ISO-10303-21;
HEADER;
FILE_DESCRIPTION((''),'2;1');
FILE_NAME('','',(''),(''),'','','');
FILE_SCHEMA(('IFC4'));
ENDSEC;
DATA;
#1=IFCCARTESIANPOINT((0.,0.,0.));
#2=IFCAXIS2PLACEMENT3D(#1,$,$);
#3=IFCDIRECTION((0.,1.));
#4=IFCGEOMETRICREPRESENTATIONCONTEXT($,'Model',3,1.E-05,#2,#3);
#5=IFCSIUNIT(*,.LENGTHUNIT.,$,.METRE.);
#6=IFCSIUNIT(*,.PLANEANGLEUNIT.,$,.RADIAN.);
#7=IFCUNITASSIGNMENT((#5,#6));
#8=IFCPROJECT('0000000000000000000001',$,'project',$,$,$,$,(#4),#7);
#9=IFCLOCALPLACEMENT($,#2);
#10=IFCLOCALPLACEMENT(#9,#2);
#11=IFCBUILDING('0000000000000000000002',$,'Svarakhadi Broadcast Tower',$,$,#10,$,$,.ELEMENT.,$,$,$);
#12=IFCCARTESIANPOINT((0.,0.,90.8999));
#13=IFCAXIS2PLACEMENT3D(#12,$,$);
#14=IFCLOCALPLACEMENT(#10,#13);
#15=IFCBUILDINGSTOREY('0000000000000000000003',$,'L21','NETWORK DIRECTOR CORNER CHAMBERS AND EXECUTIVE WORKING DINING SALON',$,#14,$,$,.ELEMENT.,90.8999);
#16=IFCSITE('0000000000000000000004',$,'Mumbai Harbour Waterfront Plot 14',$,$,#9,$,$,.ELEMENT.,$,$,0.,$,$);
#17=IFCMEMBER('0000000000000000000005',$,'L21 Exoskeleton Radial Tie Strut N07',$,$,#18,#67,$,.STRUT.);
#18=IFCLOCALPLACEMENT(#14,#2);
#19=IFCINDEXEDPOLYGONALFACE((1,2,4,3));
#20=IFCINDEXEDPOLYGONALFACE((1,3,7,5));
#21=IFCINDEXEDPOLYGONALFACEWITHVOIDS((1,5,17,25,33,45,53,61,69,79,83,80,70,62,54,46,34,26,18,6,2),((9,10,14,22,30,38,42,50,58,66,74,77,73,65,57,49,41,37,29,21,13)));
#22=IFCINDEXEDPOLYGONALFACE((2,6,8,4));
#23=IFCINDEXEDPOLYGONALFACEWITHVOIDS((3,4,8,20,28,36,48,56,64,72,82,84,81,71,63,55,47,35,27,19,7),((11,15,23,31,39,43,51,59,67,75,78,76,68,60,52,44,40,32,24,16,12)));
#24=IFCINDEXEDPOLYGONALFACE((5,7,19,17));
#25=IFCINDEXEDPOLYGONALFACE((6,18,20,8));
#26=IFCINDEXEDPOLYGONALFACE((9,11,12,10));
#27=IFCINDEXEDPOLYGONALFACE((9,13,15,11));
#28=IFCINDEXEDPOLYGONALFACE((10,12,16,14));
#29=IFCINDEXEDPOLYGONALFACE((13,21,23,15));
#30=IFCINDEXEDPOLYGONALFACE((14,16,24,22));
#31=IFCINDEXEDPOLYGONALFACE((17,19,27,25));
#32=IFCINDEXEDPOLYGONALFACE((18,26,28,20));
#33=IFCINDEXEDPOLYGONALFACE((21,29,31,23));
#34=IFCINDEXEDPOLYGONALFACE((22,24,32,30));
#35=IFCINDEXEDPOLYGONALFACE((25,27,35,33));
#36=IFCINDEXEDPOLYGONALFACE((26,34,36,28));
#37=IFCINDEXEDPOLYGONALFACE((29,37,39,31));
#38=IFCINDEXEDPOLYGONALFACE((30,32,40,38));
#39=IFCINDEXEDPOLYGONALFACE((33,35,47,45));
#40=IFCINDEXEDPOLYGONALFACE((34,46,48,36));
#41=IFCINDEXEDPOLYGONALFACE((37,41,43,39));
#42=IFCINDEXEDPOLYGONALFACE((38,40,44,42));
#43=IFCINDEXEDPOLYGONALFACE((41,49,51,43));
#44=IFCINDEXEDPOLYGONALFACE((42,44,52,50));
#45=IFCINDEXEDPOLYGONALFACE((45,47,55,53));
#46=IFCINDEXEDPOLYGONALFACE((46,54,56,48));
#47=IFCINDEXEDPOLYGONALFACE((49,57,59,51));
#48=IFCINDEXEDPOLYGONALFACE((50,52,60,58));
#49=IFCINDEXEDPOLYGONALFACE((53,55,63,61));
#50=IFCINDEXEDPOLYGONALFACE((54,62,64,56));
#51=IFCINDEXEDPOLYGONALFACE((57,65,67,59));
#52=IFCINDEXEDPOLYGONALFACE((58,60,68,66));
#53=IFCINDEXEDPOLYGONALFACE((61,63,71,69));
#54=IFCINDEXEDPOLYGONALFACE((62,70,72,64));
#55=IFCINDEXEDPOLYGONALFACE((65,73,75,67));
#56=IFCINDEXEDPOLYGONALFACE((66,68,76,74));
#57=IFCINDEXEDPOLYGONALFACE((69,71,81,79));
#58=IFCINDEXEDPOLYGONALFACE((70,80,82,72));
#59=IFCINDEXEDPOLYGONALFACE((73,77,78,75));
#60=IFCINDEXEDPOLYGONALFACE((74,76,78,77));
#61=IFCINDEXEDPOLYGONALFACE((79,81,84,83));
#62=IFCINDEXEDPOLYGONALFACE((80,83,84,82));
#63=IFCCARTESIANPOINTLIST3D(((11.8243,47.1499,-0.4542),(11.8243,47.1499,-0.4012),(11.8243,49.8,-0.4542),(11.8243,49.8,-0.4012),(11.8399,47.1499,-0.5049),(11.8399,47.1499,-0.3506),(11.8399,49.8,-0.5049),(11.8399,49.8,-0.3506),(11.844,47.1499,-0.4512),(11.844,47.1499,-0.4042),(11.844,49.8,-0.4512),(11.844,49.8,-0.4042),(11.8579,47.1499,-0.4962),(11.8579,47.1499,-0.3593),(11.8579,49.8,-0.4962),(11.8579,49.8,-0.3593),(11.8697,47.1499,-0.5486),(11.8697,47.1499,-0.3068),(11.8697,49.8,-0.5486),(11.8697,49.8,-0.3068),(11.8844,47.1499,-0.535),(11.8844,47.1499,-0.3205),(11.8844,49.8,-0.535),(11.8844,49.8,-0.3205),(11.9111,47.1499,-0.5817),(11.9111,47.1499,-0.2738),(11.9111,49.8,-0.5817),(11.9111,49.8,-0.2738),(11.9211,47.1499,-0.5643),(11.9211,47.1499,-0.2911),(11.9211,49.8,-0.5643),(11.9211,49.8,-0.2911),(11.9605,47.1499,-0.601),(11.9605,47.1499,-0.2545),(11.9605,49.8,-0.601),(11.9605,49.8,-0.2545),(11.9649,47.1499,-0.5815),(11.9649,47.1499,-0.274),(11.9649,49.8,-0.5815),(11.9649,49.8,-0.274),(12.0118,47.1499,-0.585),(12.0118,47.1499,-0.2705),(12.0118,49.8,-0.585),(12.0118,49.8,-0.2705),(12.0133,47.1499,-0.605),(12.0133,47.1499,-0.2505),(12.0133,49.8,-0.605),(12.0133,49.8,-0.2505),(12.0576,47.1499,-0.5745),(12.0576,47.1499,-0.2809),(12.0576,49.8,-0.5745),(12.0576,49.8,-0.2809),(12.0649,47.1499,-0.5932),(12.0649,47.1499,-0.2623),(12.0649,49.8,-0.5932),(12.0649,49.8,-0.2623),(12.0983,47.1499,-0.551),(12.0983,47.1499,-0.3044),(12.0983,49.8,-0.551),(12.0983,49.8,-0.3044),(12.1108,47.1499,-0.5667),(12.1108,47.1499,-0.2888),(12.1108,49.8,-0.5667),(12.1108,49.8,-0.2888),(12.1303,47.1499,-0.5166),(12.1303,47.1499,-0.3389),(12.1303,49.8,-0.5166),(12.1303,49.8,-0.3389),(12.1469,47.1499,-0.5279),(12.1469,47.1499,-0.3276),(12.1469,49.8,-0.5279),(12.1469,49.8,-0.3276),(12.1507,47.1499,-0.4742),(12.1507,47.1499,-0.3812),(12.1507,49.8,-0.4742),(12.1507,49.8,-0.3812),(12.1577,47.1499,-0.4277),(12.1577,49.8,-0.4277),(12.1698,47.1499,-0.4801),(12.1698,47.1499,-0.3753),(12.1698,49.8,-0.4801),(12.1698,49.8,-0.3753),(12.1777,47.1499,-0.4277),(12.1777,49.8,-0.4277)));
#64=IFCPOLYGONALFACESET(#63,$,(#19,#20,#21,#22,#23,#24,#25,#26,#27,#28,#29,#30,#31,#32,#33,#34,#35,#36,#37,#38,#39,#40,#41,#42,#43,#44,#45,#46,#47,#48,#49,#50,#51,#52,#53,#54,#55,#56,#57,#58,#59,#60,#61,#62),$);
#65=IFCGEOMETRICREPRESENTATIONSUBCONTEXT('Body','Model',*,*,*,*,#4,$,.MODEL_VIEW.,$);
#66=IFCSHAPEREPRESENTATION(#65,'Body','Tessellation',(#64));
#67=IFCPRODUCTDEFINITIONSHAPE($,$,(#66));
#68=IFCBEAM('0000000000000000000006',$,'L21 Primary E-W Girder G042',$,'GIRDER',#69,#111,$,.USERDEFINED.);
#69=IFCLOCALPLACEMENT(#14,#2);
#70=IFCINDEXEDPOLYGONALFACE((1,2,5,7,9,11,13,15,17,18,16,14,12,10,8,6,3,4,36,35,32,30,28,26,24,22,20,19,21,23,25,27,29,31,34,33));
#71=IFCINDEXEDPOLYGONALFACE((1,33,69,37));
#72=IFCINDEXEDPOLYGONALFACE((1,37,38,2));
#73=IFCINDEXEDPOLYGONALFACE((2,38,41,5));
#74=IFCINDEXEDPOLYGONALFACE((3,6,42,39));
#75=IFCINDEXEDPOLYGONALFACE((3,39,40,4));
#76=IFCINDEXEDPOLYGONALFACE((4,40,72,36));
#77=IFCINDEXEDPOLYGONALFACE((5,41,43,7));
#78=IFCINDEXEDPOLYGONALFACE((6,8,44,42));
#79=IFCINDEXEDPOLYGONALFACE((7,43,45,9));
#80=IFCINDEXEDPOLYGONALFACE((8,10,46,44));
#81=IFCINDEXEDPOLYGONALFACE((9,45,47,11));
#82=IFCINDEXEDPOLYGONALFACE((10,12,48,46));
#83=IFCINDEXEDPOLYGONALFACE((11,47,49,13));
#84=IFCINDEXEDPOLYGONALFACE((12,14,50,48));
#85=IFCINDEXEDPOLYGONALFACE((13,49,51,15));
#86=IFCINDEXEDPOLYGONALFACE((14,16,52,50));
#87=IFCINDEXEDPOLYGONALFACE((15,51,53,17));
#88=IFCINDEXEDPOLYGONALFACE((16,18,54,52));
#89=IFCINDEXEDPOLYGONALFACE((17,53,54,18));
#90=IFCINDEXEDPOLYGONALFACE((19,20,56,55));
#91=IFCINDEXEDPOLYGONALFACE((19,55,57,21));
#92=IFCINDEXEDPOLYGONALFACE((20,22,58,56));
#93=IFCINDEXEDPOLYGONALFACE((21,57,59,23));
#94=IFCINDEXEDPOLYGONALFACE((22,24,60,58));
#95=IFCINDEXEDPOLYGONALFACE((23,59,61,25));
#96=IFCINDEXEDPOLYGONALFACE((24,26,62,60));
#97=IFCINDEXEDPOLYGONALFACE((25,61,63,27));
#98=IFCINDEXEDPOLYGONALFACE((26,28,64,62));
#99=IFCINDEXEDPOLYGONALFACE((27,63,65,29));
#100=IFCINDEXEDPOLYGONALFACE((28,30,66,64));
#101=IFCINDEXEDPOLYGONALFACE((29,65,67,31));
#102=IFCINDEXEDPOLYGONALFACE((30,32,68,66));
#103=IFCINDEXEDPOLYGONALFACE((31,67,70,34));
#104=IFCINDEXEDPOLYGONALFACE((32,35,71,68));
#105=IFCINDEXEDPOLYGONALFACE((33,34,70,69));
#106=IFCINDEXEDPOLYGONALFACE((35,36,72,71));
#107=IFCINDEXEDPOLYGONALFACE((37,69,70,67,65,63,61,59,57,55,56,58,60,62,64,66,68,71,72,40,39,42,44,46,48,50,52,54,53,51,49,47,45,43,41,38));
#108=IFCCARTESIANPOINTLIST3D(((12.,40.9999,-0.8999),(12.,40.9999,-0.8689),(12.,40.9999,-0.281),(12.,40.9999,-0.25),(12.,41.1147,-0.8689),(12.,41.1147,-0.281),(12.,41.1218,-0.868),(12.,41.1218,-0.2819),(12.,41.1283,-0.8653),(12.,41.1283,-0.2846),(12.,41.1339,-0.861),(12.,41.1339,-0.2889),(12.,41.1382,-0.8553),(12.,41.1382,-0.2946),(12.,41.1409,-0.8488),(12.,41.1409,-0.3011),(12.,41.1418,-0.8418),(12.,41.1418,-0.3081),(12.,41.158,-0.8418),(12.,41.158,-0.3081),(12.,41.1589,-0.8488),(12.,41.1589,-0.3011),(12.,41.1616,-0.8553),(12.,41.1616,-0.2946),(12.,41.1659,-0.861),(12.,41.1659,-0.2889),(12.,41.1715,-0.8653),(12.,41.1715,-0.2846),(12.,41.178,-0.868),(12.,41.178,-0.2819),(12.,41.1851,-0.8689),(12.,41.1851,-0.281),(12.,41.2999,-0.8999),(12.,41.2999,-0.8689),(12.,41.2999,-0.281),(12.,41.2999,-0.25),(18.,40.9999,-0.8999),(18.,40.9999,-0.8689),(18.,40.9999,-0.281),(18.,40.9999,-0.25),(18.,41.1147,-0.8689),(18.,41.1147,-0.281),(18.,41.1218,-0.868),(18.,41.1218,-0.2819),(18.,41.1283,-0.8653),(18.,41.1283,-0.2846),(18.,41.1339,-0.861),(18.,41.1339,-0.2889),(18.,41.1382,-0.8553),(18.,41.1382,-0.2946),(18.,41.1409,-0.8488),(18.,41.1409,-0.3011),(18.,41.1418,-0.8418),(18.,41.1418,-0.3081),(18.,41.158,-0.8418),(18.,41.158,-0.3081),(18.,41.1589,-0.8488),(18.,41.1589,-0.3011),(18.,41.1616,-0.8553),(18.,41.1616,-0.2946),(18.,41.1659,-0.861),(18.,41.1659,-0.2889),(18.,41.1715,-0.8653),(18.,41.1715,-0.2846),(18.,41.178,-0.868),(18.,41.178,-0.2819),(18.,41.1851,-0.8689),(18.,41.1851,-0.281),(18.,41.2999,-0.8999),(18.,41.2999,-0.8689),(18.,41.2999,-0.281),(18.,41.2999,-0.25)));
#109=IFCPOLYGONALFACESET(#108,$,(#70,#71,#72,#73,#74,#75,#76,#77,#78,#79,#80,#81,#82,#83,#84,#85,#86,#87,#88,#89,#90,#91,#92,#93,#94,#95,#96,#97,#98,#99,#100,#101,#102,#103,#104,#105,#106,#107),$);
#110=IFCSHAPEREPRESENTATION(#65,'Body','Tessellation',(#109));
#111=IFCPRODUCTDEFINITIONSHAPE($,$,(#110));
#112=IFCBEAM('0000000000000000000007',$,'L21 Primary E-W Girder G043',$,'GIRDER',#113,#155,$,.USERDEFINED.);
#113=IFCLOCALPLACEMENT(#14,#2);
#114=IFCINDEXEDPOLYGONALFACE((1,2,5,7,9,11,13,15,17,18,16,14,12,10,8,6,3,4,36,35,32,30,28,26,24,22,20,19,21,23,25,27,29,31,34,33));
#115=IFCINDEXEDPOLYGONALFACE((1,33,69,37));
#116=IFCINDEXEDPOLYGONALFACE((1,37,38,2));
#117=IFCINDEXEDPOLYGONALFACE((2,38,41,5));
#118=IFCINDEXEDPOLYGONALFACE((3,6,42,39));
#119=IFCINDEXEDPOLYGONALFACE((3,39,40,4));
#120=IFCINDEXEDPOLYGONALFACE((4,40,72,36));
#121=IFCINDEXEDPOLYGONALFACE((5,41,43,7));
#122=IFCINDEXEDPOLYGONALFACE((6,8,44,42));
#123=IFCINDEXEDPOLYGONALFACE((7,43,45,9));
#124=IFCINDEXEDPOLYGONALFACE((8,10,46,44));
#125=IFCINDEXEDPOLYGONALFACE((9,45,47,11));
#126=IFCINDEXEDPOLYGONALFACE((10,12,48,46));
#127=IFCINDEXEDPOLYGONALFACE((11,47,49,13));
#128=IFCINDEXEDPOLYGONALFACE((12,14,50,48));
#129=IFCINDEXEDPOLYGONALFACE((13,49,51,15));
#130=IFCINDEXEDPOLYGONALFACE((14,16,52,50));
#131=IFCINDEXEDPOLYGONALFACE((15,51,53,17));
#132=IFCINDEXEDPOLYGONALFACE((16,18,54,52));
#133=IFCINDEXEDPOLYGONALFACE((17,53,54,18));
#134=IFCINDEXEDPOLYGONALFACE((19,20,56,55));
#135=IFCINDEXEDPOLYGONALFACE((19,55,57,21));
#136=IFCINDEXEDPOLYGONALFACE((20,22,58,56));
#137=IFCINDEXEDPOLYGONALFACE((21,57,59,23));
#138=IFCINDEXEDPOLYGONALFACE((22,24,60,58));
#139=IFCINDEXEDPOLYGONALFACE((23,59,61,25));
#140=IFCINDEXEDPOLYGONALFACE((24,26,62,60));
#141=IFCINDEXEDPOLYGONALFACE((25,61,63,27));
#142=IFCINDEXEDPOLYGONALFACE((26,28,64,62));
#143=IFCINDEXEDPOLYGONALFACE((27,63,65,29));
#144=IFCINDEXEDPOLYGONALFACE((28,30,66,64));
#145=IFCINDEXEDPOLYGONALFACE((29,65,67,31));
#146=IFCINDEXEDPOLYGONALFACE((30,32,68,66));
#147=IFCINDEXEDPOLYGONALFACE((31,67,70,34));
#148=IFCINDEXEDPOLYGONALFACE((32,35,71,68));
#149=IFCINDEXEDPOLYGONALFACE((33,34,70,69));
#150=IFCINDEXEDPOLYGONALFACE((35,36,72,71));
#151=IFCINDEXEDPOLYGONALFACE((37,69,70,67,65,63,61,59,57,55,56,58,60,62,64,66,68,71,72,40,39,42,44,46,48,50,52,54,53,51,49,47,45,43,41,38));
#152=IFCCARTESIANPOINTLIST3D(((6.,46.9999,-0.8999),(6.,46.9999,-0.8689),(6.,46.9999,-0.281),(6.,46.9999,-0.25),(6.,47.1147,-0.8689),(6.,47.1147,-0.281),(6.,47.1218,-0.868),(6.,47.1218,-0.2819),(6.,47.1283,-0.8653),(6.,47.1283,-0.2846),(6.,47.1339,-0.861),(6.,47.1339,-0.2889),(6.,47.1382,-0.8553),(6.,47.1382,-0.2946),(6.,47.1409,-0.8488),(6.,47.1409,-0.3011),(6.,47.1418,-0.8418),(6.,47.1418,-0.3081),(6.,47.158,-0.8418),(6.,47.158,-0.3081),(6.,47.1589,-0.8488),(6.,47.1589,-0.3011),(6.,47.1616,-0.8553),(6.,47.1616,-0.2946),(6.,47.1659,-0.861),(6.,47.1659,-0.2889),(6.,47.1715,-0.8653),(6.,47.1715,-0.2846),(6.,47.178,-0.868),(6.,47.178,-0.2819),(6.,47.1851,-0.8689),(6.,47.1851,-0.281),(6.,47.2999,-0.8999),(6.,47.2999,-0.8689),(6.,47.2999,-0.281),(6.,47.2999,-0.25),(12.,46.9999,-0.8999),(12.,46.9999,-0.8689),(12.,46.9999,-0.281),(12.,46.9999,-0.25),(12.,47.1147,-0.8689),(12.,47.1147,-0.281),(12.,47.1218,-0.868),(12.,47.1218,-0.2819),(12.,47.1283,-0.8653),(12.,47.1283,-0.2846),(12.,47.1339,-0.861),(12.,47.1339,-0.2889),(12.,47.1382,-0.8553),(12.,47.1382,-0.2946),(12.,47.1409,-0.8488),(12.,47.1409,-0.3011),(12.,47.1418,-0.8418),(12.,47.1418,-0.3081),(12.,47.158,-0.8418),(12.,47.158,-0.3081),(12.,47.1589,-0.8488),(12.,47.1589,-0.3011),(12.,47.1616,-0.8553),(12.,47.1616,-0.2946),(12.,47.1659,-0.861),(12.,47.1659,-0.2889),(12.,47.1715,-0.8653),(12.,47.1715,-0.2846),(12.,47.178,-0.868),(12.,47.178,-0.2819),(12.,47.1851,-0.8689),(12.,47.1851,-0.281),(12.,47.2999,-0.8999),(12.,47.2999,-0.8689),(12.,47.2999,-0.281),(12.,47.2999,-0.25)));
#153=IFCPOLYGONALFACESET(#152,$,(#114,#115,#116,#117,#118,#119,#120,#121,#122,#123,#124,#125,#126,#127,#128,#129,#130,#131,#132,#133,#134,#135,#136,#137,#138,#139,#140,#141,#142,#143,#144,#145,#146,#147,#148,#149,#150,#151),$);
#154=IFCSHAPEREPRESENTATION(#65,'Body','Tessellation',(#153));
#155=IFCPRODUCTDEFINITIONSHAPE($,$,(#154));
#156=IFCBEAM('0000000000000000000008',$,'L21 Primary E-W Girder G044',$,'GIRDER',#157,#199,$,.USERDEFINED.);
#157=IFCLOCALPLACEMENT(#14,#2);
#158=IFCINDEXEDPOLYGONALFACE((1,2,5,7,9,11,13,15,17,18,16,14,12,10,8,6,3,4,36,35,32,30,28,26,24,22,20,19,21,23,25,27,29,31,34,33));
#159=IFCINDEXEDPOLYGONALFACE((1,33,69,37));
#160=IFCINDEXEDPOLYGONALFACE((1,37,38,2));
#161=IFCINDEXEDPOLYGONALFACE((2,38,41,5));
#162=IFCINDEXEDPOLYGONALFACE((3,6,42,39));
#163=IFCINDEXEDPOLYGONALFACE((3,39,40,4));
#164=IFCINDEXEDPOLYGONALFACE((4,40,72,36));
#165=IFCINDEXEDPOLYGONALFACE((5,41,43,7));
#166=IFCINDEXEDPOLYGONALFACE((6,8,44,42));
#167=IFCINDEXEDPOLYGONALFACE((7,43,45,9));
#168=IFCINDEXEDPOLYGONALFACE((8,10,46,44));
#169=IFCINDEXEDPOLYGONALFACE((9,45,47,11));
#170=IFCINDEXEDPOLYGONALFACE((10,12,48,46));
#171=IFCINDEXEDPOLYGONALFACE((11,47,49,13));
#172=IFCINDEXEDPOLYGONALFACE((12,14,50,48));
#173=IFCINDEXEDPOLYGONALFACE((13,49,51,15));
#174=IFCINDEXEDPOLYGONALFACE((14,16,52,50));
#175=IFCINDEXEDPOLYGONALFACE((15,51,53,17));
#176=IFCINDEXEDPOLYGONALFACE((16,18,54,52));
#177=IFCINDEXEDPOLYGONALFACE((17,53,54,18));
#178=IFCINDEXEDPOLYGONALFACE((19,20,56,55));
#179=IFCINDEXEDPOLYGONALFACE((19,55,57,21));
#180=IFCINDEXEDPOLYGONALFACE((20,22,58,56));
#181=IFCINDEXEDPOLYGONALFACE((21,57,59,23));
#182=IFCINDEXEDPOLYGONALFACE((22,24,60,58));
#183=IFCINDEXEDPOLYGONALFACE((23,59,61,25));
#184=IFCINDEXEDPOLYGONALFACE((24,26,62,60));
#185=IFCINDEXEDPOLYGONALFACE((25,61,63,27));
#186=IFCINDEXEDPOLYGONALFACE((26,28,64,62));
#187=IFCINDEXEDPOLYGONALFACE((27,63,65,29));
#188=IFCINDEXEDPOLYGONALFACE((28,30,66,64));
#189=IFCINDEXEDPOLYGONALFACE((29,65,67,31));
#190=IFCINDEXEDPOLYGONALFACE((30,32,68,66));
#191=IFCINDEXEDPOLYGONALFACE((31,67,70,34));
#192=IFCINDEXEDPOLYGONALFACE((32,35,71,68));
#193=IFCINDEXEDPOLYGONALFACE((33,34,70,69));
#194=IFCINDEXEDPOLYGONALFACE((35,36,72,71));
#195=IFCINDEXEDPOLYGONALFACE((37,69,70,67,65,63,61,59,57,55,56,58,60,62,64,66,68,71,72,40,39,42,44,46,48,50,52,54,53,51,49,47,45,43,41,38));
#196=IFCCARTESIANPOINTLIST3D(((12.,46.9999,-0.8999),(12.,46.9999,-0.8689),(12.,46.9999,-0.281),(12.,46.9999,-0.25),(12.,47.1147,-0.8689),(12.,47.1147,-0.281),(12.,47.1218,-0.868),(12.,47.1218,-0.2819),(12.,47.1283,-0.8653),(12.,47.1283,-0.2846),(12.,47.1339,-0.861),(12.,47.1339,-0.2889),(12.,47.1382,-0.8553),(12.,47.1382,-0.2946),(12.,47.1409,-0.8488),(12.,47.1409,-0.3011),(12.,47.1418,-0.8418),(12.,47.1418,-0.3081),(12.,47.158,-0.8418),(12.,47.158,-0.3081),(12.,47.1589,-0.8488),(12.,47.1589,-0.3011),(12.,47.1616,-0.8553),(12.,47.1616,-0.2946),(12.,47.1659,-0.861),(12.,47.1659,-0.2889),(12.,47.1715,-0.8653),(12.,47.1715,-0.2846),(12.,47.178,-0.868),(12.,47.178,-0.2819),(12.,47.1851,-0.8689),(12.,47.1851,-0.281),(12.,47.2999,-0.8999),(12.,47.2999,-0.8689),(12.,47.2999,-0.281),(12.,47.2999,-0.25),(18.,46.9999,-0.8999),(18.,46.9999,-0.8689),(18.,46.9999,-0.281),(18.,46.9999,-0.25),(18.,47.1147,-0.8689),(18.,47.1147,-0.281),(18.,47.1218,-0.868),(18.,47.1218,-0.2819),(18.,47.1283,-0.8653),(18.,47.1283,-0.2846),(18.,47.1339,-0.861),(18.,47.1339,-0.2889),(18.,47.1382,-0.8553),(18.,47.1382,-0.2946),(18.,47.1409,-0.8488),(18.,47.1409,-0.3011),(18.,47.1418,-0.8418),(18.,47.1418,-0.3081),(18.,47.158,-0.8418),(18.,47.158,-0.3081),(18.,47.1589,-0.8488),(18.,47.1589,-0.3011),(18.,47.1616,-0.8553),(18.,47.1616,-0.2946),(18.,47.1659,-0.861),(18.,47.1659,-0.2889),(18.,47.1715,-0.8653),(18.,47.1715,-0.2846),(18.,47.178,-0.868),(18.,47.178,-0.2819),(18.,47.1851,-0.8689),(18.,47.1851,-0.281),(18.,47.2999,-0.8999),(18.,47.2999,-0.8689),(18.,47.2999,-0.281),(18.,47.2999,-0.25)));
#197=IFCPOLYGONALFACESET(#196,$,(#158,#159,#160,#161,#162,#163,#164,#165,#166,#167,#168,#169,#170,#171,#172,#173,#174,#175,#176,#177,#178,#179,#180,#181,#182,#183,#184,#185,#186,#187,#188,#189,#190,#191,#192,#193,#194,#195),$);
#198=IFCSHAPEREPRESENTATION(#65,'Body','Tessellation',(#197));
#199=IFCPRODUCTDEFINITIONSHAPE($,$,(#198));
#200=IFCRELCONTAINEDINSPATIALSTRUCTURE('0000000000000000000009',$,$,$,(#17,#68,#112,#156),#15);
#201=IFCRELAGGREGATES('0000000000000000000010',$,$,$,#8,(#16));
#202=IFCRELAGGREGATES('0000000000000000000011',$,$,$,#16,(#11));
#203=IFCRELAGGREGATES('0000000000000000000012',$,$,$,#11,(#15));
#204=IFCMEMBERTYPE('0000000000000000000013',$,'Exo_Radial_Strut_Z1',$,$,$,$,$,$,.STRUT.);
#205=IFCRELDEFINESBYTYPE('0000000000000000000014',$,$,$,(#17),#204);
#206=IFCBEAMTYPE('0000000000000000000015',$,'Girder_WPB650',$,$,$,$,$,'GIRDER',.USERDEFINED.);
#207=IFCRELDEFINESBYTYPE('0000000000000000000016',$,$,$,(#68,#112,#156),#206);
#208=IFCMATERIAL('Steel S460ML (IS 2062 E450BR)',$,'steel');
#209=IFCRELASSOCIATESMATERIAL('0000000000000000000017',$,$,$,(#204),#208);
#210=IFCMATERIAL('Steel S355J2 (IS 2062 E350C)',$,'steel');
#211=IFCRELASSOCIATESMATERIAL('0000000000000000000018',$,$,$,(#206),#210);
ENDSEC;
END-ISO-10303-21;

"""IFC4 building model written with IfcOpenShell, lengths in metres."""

from ifc_helpers import new_model, si_unit, direction, frame, origin, origin_2d, place, context, subcontext, project, spatial, hollow_circle, i_section, extrude, material, material_profile, profile_set, type_object, element, save


model = new_model("IFC4")

# Units and contexts
model_context = context("Model", 3, precision=1e-05, world=origin(), true_north=direction((0.0, 1.0)))
body_context = subcontext(model_context, "Body", "Model", "MODEL_VIEW")
ifc_project = project(units=[si_unit("LENGTHUNIT", "METRE"), si_unit("PLANEANGLEUNIT", "RADIAN")], contexts=[model_context])

# Site, building, storey
site_placement = place(None, origin())
site = spatial("IfcSite", under=ifc_project, at=site_placement, Name="Mumbai Harbour Waterfront Plot 14", CompositionType="ELEMENT", RefElevation=0.0)
building_placement = place(site_placement, origin())
building = spatial("IfcBuilding", under=site, at=building_placement, Name="Svarakhadi Broadcast Tower", CompositionType="ELEMENT")
storey_placement = place(building_placement, frame((0.0, 0.0, 90.8999)))
storey = spatial("IfcBuildingStorey", under=building, at=storey_placement, Name="L21", Description="NETWORK DIRECTOR CORNER CHAMBERS AND EXECUTIVE WORKING DINING SALON", CompositionType="ELEMENT", Elevation=90.8999)

# Shared definitions
ifc_material_1 = material(Name="Steel S460ML (IS 2062 E450BR)", Category="steel")

# Shared definitions
ifc_material_2 = material(Name="Steel S355J2 (IS 2062 E350C)", Category="steel")

# Member
ifc_material_profile_1 = material_profile(ifc_material_1, hollow_circle(Radius=0.1777, WallThickness=0.02, at=origin_2d()), Name="CHS 355.6x20")
ifc_profile_set_1 = profile_set([ifc_material_profile_1], Name="Steel S460ML (IS 2062 E450BR)")
member_type_1 = type_object("IfcMemberType", Name="Exo_Radial_Strut_Z1", PredefinedType="STRUT", material=ifc_profile_set_1)
member_1_placement = place(storey_placement, frame((12.0, 49.8, -0.4277), z_axis=(0.0, -1.0, 0.0), x_axis=(1.0, 0.0, 0.0)))
element("IfcMember", 1, at=member_1_placement, inside=storey, type_object=member_type_1, Name="L21 Exoskeleton Radial Tie Strut N07", PredefinedType="STRUT", context=body_context, shape_type="SweptSolid", body=[
    extrude(hollow_circle(Radius=0.1777, WallThickness=0.02, at=origin_2d()), origin(), (0.0, 0.0, 1.0), 2.6501),
])

# Beams
ifc_material_profile_2 = material_profile(ifc_material_2, i_section(OverallWidth=0.3, OverallDepth=0.6499, WebThickness=0.0161, FlangeThickness=0.031, FilletRadius=0.0271, at=origin_2d()), Name="WPB 650x300x225")
ifc_profile_set_2 = profile_set([ifc_material_profile_2], Name="Steel S355J2 (IS 2062 E350C)")
beam_type_1 = type_object("IfcBeamType", Name="Girder_WPB650", ElementType="GIRDER", PredefinedType="USERDEFINED", material=ifc_profile_set_2)
for number, where, z_axis, x_axis, name in (
    (2, (12.0, 41.1499, -0.575), (1.0, 0.0, 0.0), (0.0, 1.0, 0.0), "L21 Primary E-W Girder G042"),
    (3, (6.0, 47.1499, -0.575), (1.0, 0.0, 0.0), (0.0, 1.0, 0.0), "L21 Primary E-W Girder G043"),
    (4, (12.0, 47.1499, -0.575), (1.0, 0.0, 0.0), (0.0, 1.0, 0.0), "L21 Primary E-W Girder G044"),
):
    element("IfcBeam", number, at=place(storey_placement, frame(where, z_axis=z_axis, x_axis=x_axis)), inside=storey, type_object=beam_type_1, Name=name, ObjectType="GIRDER", PredefinedType="USERDEFINED", context=body_context, shape_type="SweptSolid", body=[
        extrude(i_section(OverallWidth=0.3, OverallDepth=0.6499, WebThickness=0.0161, FlangeThickness=0.031, FilletRadius=0.0271, at=origin_2d()), origin(), (0.0, 0.0, 1.0), 6.0),
    ])

save(model, "model.ifc")
